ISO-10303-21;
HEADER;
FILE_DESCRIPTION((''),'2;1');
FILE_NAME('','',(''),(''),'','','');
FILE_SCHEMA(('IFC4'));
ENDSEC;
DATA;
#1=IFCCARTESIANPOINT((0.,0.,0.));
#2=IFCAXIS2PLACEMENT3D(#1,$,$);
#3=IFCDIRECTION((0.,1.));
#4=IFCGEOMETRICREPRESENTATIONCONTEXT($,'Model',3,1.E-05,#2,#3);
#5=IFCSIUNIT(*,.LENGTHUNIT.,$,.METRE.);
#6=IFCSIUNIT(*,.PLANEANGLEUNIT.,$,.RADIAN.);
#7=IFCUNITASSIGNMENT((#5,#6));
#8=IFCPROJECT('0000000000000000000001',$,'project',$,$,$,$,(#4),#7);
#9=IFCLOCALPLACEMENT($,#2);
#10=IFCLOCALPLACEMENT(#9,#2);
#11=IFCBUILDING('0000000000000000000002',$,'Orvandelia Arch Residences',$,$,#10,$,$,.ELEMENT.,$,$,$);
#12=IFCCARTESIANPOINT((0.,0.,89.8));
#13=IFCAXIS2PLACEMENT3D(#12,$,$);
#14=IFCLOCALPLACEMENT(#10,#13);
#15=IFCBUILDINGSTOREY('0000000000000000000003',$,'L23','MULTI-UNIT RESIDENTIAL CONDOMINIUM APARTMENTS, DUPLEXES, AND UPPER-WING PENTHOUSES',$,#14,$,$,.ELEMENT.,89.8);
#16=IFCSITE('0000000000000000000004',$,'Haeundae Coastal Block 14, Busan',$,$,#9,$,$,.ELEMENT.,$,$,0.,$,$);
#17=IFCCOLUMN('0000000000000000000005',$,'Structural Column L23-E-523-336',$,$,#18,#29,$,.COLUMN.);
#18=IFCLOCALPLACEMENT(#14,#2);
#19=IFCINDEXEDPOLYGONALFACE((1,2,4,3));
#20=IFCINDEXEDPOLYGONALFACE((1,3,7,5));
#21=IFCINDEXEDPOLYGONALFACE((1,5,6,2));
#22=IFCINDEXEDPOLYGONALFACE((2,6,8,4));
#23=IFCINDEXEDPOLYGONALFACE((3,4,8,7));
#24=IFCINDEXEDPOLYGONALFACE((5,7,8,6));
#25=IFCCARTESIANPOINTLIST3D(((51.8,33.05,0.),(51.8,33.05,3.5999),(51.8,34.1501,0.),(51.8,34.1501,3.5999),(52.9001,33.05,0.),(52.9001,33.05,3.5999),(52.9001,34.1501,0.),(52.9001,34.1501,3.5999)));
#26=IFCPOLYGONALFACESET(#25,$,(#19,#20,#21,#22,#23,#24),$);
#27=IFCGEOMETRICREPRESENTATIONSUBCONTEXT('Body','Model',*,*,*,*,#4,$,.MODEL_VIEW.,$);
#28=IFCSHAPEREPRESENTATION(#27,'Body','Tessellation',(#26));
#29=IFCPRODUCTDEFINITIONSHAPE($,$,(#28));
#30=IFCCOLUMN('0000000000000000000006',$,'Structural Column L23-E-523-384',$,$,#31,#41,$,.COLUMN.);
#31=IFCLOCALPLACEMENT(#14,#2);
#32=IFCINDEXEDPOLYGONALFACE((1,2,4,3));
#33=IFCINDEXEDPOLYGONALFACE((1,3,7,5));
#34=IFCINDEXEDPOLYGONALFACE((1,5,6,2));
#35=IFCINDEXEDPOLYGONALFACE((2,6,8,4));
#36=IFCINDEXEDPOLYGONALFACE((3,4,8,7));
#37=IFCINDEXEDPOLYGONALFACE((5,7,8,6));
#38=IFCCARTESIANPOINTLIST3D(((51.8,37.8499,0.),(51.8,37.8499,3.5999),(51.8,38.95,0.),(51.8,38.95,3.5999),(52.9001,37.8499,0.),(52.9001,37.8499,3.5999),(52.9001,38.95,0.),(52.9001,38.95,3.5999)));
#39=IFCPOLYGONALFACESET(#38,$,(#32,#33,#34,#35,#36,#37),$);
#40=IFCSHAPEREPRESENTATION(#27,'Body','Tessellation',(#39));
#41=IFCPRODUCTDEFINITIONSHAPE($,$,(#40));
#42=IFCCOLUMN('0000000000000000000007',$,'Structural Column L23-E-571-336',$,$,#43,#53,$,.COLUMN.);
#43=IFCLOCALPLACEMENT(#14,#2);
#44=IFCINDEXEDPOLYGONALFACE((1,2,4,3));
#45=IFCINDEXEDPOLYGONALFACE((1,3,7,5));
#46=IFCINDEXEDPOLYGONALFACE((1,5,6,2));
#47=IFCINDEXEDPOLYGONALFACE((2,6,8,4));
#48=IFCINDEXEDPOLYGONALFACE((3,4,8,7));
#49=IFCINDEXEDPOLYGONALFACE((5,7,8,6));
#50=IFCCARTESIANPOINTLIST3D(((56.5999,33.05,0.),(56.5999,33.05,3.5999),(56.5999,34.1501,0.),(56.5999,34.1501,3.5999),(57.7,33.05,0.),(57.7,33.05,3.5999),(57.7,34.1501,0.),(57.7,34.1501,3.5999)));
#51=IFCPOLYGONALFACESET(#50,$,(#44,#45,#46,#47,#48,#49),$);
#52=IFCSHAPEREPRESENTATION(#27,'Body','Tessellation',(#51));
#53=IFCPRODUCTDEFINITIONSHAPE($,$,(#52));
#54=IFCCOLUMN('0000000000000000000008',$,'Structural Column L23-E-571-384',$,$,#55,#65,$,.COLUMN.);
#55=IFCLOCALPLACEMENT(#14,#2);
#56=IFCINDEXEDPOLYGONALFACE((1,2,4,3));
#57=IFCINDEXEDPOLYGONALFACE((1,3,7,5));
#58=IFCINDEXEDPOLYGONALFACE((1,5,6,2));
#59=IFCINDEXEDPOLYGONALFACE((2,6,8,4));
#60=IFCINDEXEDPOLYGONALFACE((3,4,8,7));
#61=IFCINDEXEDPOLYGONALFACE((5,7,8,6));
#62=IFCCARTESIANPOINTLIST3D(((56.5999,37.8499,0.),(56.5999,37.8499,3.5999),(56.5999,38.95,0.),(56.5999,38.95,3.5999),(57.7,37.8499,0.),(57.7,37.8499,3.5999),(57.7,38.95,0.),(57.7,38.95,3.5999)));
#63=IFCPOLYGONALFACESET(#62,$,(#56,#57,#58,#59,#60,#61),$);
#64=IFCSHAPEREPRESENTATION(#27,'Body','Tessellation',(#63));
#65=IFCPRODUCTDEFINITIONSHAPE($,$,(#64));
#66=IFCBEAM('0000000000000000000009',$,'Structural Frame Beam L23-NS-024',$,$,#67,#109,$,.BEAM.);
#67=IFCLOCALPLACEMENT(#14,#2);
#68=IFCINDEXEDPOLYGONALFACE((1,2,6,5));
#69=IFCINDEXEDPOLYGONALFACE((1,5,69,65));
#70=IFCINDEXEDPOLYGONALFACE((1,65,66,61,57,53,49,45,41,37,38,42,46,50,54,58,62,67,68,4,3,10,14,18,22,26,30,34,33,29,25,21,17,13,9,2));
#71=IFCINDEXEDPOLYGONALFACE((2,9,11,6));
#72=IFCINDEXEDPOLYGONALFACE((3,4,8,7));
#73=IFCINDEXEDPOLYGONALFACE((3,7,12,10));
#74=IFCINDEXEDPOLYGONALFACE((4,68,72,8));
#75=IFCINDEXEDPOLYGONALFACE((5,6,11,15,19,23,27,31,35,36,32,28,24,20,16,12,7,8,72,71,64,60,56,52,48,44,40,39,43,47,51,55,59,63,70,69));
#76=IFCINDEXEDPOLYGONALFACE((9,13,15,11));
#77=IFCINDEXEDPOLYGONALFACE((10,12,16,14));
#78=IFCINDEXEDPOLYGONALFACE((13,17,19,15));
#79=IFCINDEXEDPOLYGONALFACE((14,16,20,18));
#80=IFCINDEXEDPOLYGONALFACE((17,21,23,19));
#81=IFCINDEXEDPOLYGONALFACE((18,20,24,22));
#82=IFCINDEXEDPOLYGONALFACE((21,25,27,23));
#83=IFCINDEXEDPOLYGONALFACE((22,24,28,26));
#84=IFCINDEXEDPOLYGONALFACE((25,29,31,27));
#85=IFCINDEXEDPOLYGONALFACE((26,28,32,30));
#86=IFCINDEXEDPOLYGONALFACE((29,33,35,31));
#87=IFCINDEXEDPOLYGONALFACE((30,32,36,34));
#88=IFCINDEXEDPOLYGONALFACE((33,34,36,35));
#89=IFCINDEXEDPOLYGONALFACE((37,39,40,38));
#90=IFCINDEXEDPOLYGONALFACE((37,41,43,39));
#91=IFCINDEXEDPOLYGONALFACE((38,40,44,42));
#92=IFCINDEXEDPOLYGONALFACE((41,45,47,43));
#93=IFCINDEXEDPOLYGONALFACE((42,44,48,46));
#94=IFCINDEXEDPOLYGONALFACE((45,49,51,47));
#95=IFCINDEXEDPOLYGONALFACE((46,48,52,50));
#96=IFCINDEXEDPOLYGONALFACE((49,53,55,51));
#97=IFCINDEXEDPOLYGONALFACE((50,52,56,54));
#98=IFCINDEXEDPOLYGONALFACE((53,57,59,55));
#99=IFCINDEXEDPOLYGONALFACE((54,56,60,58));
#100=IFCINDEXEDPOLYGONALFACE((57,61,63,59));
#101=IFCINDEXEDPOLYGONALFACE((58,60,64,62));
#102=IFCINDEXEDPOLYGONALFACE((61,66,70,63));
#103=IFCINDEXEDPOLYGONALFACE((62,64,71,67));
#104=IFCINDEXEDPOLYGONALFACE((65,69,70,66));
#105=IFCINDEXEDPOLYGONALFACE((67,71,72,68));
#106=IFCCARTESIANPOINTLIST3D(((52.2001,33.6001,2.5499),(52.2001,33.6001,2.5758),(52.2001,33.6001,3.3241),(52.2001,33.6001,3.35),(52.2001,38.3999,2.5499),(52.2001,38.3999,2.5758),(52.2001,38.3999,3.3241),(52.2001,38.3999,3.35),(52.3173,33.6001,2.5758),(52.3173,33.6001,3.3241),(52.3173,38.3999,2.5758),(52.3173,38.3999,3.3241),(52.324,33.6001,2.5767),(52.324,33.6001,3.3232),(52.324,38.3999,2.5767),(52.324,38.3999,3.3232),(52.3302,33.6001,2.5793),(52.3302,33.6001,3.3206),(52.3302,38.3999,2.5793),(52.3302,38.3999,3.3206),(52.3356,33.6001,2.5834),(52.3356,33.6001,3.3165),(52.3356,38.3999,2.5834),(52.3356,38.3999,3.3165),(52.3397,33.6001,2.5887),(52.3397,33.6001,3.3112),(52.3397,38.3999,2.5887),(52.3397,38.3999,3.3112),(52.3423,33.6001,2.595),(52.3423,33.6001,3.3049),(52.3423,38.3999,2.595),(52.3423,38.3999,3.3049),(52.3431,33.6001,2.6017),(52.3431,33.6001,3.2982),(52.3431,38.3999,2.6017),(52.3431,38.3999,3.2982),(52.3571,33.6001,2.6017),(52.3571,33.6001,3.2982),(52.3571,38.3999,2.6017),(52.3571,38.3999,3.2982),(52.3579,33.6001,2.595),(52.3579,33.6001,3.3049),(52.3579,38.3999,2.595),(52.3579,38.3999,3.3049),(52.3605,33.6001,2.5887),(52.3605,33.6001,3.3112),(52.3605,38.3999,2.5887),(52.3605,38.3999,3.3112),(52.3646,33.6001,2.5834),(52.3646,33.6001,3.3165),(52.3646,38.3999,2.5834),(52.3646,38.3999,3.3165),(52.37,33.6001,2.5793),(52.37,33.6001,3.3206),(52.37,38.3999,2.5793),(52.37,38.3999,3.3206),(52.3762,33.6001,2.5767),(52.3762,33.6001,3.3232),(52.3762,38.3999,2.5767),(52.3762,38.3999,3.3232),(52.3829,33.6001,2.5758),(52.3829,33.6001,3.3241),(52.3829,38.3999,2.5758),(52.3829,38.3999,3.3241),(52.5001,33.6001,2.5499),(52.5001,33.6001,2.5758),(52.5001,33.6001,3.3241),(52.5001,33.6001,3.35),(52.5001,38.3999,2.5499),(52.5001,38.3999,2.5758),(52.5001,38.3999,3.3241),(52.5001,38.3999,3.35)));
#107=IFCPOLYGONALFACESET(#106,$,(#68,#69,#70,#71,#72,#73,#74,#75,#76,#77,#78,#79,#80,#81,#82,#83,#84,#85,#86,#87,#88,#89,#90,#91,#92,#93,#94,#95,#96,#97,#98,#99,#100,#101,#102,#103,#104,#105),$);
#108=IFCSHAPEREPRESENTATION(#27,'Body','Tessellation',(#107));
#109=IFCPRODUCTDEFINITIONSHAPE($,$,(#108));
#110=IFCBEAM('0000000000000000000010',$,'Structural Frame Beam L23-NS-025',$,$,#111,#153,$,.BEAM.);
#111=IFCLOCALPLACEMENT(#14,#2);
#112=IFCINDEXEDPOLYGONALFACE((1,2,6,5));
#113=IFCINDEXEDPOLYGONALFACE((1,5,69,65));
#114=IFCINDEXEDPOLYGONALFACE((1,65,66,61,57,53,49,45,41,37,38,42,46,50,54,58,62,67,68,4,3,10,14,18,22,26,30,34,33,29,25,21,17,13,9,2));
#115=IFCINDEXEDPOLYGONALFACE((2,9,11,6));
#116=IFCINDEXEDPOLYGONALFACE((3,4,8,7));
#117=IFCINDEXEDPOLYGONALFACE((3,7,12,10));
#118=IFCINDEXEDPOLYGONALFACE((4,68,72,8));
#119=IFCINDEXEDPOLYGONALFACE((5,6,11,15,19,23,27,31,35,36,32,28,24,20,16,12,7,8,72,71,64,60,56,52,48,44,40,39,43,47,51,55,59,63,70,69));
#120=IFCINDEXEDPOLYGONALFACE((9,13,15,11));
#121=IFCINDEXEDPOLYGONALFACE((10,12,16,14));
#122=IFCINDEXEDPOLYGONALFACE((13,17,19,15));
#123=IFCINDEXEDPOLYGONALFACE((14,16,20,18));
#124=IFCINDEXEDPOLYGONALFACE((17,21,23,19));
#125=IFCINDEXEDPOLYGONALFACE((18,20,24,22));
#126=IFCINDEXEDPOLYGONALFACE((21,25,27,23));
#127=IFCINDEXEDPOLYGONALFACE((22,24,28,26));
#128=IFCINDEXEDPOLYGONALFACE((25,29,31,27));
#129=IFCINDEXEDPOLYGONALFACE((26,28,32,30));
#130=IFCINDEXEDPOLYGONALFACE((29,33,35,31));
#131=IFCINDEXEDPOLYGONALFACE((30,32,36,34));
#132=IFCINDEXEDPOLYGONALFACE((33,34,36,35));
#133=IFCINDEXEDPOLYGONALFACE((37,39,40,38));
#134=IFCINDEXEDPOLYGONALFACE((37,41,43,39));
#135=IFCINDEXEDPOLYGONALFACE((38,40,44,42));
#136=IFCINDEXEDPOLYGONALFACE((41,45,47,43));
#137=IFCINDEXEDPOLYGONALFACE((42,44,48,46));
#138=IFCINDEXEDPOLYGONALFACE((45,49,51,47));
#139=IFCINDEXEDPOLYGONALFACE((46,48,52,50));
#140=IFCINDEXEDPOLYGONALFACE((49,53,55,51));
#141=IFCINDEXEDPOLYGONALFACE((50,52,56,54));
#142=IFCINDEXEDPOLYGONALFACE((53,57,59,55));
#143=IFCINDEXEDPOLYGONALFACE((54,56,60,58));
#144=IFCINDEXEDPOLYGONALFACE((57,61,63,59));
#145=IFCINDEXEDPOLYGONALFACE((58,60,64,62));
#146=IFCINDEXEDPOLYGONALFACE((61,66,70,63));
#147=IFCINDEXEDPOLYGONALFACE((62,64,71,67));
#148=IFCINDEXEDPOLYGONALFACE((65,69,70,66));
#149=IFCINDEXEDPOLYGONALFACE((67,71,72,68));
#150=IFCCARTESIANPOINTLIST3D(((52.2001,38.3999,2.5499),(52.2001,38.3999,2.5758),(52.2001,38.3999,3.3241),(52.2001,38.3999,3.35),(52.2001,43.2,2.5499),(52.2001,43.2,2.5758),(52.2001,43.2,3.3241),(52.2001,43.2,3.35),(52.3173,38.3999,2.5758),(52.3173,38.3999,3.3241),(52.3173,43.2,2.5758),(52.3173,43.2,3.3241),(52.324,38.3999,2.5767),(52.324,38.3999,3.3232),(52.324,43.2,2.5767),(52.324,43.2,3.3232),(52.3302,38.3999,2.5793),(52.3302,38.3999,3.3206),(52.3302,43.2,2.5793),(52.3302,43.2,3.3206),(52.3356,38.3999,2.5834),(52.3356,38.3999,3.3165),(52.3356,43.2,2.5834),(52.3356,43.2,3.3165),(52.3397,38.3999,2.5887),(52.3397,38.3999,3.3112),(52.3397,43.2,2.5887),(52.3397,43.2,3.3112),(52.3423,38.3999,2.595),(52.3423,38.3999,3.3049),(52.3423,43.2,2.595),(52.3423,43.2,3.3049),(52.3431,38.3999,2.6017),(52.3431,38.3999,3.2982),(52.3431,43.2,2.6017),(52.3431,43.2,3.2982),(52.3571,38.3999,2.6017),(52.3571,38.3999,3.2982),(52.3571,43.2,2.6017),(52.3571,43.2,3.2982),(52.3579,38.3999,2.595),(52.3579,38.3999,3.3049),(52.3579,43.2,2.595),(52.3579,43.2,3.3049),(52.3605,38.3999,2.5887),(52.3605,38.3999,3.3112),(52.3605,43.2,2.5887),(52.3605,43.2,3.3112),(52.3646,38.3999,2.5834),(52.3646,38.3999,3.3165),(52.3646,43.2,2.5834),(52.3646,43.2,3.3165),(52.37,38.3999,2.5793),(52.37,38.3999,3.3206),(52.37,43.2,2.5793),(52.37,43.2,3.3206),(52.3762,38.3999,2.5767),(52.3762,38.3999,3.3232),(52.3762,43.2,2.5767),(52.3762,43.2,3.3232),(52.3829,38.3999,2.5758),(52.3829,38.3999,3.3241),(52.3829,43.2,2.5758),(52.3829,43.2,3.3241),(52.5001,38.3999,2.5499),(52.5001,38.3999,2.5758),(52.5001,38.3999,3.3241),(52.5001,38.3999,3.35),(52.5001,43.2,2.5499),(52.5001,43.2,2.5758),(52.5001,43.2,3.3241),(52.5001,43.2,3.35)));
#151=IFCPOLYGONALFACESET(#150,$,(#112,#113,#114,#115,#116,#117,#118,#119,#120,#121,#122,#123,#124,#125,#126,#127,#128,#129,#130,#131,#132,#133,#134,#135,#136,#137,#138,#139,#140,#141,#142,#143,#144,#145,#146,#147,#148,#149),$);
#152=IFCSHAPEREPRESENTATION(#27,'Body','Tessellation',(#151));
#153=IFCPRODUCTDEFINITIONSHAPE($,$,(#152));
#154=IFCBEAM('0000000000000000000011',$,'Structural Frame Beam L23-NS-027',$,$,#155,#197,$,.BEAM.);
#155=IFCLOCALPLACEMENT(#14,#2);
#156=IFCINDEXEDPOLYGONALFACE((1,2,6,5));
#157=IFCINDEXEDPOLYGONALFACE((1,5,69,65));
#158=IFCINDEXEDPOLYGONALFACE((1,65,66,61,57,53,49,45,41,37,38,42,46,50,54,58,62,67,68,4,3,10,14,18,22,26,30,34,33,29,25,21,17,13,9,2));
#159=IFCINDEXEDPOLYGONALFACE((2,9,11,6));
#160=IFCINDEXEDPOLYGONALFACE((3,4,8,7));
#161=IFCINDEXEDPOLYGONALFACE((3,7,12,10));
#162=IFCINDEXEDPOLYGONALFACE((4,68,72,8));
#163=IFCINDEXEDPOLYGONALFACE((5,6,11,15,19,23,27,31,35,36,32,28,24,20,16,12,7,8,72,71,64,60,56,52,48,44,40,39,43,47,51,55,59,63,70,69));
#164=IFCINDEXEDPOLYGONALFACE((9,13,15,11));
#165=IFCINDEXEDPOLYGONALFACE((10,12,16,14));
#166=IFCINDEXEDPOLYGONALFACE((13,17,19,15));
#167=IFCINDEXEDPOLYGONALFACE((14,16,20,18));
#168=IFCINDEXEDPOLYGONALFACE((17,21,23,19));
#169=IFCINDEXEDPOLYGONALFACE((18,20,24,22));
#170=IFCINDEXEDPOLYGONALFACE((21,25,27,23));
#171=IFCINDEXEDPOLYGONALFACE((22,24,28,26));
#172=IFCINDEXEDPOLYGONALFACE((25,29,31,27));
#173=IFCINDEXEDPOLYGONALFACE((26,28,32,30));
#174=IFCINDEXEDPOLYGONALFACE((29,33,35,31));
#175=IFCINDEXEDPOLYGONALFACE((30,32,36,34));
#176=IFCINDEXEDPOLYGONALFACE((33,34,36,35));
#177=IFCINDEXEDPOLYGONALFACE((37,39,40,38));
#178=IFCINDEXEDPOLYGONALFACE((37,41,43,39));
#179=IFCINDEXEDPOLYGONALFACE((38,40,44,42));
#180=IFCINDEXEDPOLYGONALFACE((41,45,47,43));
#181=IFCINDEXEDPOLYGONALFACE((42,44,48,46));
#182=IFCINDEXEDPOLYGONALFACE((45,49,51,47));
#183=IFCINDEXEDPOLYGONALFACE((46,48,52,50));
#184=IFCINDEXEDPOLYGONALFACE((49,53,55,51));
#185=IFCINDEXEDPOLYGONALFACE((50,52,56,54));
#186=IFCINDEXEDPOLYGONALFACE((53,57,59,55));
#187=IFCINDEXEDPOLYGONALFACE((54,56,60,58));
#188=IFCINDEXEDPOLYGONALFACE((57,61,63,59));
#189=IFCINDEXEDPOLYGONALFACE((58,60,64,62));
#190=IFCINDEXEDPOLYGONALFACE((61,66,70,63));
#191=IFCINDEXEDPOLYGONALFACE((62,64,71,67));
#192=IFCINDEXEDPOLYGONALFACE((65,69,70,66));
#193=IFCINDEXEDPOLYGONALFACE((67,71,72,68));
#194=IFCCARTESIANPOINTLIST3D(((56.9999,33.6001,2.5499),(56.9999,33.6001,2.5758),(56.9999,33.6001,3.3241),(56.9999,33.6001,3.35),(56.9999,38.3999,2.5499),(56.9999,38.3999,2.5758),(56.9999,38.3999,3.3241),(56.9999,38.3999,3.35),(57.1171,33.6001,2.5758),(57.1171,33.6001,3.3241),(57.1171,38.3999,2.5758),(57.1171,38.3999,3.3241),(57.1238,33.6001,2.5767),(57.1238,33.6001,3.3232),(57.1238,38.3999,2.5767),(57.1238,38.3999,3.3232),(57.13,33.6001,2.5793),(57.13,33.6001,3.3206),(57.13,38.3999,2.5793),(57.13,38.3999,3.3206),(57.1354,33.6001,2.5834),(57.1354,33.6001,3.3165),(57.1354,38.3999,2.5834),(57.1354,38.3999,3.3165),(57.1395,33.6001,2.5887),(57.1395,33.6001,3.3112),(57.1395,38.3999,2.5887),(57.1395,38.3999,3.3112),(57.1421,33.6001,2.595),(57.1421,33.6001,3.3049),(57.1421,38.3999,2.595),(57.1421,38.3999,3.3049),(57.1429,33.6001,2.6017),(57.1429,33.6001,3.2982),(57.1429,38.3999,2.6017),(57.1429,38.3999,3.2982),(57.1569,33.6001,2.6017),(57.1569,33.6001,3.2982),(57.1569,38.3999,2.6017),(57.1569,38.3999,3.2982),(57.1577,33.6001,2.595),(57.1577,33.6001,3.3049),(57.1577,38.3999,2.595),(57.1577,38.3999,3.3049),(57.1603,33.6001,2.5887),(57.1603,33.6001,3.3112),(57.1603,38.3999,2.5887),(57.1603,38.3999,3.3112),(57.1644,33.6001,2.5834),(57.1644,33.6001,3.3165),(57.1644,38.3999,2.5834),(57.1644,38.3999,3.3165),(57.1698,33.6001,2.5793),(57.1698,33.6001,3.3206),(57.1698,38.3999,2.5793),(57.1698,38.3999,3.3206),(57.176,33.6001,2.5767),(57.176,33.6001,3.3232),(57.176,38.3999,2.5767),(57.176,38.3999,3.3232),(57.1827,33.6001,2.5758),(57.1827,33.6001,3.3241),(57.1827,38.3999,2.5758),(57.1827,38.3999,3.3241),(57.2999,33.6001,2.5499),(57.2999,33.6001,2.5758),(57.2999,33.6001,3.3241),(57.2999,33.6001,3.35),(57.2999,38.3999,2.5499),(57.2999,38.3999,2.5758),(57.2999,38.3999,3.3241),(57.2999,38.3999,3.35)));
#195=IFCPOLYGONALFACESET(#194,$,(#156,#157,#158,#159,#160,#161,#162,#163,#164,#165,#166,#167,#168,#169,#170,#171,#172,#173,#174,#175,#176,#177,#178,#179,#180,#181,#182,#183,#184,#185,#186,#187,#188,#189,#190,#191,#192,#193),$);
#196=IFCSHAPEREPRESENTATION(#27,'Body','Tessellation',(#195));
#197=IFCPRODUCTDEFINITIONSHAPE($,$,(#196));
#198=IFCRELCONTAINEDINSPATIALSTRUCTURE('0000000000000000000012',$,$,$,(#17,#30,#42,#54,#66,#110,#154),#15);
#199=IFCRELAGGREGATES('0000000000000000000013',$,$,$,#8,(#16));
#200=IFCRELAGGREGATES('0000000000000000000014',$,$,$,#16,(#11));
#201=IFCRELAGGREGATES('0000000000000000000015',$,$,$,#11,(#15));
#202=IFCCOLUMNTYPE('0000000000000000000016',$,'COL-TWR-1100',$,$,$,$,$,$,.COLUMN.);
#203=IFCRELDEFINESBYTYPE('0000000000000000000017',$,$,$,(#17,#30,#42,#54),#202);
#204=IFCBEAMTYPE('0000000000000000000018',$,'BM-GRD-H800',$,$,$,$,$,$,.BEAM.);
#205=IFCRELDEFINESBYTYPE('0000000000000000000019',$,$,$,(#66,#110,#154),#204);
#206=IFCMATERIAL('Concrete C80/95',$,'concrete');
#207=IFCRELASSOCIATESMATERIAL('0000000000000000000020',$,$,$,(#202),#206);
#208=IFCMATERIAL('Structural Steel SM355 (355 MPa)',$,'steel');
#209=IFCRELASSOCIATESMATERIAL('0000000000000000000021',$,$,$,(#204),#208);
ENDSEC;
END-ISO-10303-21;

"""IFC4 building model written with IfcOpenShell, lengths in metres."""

from ifc_helpers import new_model, si_unit, direction, frame, origin, origin_2d, place, context, subcontext, project, spatial, rectangle, i_section, extrude, material, material_profile, profile_set, type_object, element, save


model = new_model("IFC4")

# Units and contexts
model_context = context("Model", 3, precision=1e-05, world=origin(), true_north=direction((0.0, 1.0)))
body_context = subcontext(model_context, "Body", "Model", "MODEL_VIEW")
ifc_project = project(units=[si_unit("LENGTHUNIT", "METRE"), si_unit("PLANEANGLEUNIT", "RADIAN")], contexts=[model_context])

# Site, building, storey
site_placement = place(None, origin())
site = spatial("IfcSite", under=ifc_project, at=site_placement, Name="Haeundae Coastal Block 14, Busan", CompositionType="ELEMENT", RefElevation=0.0)
building_placement = place(site_placement, origin())
building = spatial("IfcBuilding", under=site, at=building_placement, Name="Orvandelia Arch Residences", CompositionType="ELEMENT")
storey_placement = place(building_placement, frame((0.0, 0.0, 89.8)))
storey = spatial("IfcBuildingStorey", under=building, at=storey_placement, Name="L23", Description="MULTI-UNIT RESIDENTIAL CONDOMINIUM APARTMENTS, DUPLEXES, AND UPPER-WING PENTHOUSES", CompositionType="ELEMENT", Elevation=89.8)

# Columns
ifc_material_1 = material(Name="Concrete C80/95", Category="concrete")
ifc_material_profile_1 = material_profile(ifc_material_1, rectangle(XDim=1.1001, YDim=1.1001, at=origin_2d()), Name="Concrete C80/95", Category="concrete")
ifc_profile_set_1 = profile_set([ifc_material_profile_1], Name="Concrete C80/95")
column_type = type_object("IfcColumnType", Name="COL-TWR-1100", PredefinedType="COLUMN", material=ifc_profile_set_1)
for number, where, z_axis, x_axis, name in (
    (1, (52.3501, 33.6001, 0.0), (0.0, 0.0, 1.0), (1.0, 0.0, 0.0), "Structural Column L23-E-523-336"),
    (2, (52.3501, 38.3999, 0.0), (0.0, 0.0, 1.0), (1.0, 0.0, 0.0), "Structural Column L23-E-523-384"),
    (3, (57.1499, 33.6001, 0.0), (0.0, 0.0, 1.0), (1.0, 0.0, 0.0), "Structural Column L23-E-571-336"),
    (4, (57.1499, 38.3999, 0.0), (0.0, 0.0, 1.0), (1.0, 0.0, 0.0), "Structural Column L23-E-571-384"),
):
    element("IfcColumn", number, at=place(storey_placement, frame(where, z_axis=z_axis, x_axis=x_axis)), inside=storey, type_object=column_type, Name=name, PredefinedType="COLUMN", context=body_context, shape_type="SweptSolid", body=[
        extrude(rectangle(XDim=1.1001, YDim=1.1001, at=origin_2d()), origin(), (0.0, 0.0, 1.0), 3.5999),
    ])

# Beams
ifc_material_2 = material(Name="Structural Steel SM355 (355 MPa)", Category="steel")
ifc_material_profile_2 = material_profile(ifc_material_2, i_section(OverallWidth=0.3, OverallDepth=0.8, WebThickness=0.0139, FlangeThickness=0.0259, FilletRadius=0.0259, at=origin_2d()), Name="Structural Steel SM355 (355 MPa)", Category="steel")
ifc_profile_set_2 = profile_set([ifc_material_profile_2], Name="Structural Steel SM355 (355 MPa)")
beam_type = type_object("IfcBeamType", Name="BM-GRD-H800", PredefinedType="BEAM", material=ifc_profile_set_2)
beam_1_placement = place(storey_placement, frame((52.3501, 33.6001, 2.95), z_axis=(0.0, 1.0, 0.0), x_axis=(-1.0, 0.0, 0.0)))
element("IfcBeam", 5, at=beam_1_placement, inside=storey, type_object=beam_type, Name="Structural Frame Beam L23-NS-024", PredefinedType="BEAM", context=body_context, shape_type="SweptSolid", body=[
    extrude(i_section(OverallWidth=0.3, OverallDepth=0.8, WebThickness=0.0139, FlangeThickness=0.0259, FilletRadius=0.0259, at=origin_2d()), origin(), (0.0, 0.0, 1.0), 4.7998),
])
beam_2_placement = place(storey_placement, frame((52.3501, 38.3999, 2.95), z_axis=(0.0, 1.0, 0.0), x_axis=(-1.0, 0.0, 0.0)))
element("IfcBeam", 6, at=beam_2_placement, inside=storey, type_object=beam_type, Name="Structural Frame Beam L23-NS-025", PredefinedType="BEAM", context=body_context, shape_type="SweptSolid", body=[
    extrude(i_section(OverallWidth=0.3, OverallDepth=0.8, WebThickness=0.0139, FlangeThickness=0.0259, FilletRadius=0.0259, at=origin_2d()), origin(), (0.0, 0.0, 1.0), 4.8),
])
for number, where, z_axis, x_axis, name in (
    (7, (57.1499, 33.6001, 2.95), (0.0, 1.0, 0.0), (-1.0, 0.0, 0.0), "Structural Frame Beam L23-NS-027"),
):
    element("IfcBeam", number, at=place(storey_placement, frame(where, z_axis=z_axis, x_axis=x_axis)), inside=storey, type_object=beam_type, Name=name, PredefinedType="BEAM", context=body_context, shape_type="SweptSolid", body=[
        extrude(i_section(OverallWidth=0.3, OverallDepth=0.8, WebThickness=0.0139, FlangeThickness=0.0259, FilletRadius=0.0259, at=origin_2d()), origin(), (0.0, 0.0, 1.0), 4.7998),
    ])

save(model, "model.ifc")
